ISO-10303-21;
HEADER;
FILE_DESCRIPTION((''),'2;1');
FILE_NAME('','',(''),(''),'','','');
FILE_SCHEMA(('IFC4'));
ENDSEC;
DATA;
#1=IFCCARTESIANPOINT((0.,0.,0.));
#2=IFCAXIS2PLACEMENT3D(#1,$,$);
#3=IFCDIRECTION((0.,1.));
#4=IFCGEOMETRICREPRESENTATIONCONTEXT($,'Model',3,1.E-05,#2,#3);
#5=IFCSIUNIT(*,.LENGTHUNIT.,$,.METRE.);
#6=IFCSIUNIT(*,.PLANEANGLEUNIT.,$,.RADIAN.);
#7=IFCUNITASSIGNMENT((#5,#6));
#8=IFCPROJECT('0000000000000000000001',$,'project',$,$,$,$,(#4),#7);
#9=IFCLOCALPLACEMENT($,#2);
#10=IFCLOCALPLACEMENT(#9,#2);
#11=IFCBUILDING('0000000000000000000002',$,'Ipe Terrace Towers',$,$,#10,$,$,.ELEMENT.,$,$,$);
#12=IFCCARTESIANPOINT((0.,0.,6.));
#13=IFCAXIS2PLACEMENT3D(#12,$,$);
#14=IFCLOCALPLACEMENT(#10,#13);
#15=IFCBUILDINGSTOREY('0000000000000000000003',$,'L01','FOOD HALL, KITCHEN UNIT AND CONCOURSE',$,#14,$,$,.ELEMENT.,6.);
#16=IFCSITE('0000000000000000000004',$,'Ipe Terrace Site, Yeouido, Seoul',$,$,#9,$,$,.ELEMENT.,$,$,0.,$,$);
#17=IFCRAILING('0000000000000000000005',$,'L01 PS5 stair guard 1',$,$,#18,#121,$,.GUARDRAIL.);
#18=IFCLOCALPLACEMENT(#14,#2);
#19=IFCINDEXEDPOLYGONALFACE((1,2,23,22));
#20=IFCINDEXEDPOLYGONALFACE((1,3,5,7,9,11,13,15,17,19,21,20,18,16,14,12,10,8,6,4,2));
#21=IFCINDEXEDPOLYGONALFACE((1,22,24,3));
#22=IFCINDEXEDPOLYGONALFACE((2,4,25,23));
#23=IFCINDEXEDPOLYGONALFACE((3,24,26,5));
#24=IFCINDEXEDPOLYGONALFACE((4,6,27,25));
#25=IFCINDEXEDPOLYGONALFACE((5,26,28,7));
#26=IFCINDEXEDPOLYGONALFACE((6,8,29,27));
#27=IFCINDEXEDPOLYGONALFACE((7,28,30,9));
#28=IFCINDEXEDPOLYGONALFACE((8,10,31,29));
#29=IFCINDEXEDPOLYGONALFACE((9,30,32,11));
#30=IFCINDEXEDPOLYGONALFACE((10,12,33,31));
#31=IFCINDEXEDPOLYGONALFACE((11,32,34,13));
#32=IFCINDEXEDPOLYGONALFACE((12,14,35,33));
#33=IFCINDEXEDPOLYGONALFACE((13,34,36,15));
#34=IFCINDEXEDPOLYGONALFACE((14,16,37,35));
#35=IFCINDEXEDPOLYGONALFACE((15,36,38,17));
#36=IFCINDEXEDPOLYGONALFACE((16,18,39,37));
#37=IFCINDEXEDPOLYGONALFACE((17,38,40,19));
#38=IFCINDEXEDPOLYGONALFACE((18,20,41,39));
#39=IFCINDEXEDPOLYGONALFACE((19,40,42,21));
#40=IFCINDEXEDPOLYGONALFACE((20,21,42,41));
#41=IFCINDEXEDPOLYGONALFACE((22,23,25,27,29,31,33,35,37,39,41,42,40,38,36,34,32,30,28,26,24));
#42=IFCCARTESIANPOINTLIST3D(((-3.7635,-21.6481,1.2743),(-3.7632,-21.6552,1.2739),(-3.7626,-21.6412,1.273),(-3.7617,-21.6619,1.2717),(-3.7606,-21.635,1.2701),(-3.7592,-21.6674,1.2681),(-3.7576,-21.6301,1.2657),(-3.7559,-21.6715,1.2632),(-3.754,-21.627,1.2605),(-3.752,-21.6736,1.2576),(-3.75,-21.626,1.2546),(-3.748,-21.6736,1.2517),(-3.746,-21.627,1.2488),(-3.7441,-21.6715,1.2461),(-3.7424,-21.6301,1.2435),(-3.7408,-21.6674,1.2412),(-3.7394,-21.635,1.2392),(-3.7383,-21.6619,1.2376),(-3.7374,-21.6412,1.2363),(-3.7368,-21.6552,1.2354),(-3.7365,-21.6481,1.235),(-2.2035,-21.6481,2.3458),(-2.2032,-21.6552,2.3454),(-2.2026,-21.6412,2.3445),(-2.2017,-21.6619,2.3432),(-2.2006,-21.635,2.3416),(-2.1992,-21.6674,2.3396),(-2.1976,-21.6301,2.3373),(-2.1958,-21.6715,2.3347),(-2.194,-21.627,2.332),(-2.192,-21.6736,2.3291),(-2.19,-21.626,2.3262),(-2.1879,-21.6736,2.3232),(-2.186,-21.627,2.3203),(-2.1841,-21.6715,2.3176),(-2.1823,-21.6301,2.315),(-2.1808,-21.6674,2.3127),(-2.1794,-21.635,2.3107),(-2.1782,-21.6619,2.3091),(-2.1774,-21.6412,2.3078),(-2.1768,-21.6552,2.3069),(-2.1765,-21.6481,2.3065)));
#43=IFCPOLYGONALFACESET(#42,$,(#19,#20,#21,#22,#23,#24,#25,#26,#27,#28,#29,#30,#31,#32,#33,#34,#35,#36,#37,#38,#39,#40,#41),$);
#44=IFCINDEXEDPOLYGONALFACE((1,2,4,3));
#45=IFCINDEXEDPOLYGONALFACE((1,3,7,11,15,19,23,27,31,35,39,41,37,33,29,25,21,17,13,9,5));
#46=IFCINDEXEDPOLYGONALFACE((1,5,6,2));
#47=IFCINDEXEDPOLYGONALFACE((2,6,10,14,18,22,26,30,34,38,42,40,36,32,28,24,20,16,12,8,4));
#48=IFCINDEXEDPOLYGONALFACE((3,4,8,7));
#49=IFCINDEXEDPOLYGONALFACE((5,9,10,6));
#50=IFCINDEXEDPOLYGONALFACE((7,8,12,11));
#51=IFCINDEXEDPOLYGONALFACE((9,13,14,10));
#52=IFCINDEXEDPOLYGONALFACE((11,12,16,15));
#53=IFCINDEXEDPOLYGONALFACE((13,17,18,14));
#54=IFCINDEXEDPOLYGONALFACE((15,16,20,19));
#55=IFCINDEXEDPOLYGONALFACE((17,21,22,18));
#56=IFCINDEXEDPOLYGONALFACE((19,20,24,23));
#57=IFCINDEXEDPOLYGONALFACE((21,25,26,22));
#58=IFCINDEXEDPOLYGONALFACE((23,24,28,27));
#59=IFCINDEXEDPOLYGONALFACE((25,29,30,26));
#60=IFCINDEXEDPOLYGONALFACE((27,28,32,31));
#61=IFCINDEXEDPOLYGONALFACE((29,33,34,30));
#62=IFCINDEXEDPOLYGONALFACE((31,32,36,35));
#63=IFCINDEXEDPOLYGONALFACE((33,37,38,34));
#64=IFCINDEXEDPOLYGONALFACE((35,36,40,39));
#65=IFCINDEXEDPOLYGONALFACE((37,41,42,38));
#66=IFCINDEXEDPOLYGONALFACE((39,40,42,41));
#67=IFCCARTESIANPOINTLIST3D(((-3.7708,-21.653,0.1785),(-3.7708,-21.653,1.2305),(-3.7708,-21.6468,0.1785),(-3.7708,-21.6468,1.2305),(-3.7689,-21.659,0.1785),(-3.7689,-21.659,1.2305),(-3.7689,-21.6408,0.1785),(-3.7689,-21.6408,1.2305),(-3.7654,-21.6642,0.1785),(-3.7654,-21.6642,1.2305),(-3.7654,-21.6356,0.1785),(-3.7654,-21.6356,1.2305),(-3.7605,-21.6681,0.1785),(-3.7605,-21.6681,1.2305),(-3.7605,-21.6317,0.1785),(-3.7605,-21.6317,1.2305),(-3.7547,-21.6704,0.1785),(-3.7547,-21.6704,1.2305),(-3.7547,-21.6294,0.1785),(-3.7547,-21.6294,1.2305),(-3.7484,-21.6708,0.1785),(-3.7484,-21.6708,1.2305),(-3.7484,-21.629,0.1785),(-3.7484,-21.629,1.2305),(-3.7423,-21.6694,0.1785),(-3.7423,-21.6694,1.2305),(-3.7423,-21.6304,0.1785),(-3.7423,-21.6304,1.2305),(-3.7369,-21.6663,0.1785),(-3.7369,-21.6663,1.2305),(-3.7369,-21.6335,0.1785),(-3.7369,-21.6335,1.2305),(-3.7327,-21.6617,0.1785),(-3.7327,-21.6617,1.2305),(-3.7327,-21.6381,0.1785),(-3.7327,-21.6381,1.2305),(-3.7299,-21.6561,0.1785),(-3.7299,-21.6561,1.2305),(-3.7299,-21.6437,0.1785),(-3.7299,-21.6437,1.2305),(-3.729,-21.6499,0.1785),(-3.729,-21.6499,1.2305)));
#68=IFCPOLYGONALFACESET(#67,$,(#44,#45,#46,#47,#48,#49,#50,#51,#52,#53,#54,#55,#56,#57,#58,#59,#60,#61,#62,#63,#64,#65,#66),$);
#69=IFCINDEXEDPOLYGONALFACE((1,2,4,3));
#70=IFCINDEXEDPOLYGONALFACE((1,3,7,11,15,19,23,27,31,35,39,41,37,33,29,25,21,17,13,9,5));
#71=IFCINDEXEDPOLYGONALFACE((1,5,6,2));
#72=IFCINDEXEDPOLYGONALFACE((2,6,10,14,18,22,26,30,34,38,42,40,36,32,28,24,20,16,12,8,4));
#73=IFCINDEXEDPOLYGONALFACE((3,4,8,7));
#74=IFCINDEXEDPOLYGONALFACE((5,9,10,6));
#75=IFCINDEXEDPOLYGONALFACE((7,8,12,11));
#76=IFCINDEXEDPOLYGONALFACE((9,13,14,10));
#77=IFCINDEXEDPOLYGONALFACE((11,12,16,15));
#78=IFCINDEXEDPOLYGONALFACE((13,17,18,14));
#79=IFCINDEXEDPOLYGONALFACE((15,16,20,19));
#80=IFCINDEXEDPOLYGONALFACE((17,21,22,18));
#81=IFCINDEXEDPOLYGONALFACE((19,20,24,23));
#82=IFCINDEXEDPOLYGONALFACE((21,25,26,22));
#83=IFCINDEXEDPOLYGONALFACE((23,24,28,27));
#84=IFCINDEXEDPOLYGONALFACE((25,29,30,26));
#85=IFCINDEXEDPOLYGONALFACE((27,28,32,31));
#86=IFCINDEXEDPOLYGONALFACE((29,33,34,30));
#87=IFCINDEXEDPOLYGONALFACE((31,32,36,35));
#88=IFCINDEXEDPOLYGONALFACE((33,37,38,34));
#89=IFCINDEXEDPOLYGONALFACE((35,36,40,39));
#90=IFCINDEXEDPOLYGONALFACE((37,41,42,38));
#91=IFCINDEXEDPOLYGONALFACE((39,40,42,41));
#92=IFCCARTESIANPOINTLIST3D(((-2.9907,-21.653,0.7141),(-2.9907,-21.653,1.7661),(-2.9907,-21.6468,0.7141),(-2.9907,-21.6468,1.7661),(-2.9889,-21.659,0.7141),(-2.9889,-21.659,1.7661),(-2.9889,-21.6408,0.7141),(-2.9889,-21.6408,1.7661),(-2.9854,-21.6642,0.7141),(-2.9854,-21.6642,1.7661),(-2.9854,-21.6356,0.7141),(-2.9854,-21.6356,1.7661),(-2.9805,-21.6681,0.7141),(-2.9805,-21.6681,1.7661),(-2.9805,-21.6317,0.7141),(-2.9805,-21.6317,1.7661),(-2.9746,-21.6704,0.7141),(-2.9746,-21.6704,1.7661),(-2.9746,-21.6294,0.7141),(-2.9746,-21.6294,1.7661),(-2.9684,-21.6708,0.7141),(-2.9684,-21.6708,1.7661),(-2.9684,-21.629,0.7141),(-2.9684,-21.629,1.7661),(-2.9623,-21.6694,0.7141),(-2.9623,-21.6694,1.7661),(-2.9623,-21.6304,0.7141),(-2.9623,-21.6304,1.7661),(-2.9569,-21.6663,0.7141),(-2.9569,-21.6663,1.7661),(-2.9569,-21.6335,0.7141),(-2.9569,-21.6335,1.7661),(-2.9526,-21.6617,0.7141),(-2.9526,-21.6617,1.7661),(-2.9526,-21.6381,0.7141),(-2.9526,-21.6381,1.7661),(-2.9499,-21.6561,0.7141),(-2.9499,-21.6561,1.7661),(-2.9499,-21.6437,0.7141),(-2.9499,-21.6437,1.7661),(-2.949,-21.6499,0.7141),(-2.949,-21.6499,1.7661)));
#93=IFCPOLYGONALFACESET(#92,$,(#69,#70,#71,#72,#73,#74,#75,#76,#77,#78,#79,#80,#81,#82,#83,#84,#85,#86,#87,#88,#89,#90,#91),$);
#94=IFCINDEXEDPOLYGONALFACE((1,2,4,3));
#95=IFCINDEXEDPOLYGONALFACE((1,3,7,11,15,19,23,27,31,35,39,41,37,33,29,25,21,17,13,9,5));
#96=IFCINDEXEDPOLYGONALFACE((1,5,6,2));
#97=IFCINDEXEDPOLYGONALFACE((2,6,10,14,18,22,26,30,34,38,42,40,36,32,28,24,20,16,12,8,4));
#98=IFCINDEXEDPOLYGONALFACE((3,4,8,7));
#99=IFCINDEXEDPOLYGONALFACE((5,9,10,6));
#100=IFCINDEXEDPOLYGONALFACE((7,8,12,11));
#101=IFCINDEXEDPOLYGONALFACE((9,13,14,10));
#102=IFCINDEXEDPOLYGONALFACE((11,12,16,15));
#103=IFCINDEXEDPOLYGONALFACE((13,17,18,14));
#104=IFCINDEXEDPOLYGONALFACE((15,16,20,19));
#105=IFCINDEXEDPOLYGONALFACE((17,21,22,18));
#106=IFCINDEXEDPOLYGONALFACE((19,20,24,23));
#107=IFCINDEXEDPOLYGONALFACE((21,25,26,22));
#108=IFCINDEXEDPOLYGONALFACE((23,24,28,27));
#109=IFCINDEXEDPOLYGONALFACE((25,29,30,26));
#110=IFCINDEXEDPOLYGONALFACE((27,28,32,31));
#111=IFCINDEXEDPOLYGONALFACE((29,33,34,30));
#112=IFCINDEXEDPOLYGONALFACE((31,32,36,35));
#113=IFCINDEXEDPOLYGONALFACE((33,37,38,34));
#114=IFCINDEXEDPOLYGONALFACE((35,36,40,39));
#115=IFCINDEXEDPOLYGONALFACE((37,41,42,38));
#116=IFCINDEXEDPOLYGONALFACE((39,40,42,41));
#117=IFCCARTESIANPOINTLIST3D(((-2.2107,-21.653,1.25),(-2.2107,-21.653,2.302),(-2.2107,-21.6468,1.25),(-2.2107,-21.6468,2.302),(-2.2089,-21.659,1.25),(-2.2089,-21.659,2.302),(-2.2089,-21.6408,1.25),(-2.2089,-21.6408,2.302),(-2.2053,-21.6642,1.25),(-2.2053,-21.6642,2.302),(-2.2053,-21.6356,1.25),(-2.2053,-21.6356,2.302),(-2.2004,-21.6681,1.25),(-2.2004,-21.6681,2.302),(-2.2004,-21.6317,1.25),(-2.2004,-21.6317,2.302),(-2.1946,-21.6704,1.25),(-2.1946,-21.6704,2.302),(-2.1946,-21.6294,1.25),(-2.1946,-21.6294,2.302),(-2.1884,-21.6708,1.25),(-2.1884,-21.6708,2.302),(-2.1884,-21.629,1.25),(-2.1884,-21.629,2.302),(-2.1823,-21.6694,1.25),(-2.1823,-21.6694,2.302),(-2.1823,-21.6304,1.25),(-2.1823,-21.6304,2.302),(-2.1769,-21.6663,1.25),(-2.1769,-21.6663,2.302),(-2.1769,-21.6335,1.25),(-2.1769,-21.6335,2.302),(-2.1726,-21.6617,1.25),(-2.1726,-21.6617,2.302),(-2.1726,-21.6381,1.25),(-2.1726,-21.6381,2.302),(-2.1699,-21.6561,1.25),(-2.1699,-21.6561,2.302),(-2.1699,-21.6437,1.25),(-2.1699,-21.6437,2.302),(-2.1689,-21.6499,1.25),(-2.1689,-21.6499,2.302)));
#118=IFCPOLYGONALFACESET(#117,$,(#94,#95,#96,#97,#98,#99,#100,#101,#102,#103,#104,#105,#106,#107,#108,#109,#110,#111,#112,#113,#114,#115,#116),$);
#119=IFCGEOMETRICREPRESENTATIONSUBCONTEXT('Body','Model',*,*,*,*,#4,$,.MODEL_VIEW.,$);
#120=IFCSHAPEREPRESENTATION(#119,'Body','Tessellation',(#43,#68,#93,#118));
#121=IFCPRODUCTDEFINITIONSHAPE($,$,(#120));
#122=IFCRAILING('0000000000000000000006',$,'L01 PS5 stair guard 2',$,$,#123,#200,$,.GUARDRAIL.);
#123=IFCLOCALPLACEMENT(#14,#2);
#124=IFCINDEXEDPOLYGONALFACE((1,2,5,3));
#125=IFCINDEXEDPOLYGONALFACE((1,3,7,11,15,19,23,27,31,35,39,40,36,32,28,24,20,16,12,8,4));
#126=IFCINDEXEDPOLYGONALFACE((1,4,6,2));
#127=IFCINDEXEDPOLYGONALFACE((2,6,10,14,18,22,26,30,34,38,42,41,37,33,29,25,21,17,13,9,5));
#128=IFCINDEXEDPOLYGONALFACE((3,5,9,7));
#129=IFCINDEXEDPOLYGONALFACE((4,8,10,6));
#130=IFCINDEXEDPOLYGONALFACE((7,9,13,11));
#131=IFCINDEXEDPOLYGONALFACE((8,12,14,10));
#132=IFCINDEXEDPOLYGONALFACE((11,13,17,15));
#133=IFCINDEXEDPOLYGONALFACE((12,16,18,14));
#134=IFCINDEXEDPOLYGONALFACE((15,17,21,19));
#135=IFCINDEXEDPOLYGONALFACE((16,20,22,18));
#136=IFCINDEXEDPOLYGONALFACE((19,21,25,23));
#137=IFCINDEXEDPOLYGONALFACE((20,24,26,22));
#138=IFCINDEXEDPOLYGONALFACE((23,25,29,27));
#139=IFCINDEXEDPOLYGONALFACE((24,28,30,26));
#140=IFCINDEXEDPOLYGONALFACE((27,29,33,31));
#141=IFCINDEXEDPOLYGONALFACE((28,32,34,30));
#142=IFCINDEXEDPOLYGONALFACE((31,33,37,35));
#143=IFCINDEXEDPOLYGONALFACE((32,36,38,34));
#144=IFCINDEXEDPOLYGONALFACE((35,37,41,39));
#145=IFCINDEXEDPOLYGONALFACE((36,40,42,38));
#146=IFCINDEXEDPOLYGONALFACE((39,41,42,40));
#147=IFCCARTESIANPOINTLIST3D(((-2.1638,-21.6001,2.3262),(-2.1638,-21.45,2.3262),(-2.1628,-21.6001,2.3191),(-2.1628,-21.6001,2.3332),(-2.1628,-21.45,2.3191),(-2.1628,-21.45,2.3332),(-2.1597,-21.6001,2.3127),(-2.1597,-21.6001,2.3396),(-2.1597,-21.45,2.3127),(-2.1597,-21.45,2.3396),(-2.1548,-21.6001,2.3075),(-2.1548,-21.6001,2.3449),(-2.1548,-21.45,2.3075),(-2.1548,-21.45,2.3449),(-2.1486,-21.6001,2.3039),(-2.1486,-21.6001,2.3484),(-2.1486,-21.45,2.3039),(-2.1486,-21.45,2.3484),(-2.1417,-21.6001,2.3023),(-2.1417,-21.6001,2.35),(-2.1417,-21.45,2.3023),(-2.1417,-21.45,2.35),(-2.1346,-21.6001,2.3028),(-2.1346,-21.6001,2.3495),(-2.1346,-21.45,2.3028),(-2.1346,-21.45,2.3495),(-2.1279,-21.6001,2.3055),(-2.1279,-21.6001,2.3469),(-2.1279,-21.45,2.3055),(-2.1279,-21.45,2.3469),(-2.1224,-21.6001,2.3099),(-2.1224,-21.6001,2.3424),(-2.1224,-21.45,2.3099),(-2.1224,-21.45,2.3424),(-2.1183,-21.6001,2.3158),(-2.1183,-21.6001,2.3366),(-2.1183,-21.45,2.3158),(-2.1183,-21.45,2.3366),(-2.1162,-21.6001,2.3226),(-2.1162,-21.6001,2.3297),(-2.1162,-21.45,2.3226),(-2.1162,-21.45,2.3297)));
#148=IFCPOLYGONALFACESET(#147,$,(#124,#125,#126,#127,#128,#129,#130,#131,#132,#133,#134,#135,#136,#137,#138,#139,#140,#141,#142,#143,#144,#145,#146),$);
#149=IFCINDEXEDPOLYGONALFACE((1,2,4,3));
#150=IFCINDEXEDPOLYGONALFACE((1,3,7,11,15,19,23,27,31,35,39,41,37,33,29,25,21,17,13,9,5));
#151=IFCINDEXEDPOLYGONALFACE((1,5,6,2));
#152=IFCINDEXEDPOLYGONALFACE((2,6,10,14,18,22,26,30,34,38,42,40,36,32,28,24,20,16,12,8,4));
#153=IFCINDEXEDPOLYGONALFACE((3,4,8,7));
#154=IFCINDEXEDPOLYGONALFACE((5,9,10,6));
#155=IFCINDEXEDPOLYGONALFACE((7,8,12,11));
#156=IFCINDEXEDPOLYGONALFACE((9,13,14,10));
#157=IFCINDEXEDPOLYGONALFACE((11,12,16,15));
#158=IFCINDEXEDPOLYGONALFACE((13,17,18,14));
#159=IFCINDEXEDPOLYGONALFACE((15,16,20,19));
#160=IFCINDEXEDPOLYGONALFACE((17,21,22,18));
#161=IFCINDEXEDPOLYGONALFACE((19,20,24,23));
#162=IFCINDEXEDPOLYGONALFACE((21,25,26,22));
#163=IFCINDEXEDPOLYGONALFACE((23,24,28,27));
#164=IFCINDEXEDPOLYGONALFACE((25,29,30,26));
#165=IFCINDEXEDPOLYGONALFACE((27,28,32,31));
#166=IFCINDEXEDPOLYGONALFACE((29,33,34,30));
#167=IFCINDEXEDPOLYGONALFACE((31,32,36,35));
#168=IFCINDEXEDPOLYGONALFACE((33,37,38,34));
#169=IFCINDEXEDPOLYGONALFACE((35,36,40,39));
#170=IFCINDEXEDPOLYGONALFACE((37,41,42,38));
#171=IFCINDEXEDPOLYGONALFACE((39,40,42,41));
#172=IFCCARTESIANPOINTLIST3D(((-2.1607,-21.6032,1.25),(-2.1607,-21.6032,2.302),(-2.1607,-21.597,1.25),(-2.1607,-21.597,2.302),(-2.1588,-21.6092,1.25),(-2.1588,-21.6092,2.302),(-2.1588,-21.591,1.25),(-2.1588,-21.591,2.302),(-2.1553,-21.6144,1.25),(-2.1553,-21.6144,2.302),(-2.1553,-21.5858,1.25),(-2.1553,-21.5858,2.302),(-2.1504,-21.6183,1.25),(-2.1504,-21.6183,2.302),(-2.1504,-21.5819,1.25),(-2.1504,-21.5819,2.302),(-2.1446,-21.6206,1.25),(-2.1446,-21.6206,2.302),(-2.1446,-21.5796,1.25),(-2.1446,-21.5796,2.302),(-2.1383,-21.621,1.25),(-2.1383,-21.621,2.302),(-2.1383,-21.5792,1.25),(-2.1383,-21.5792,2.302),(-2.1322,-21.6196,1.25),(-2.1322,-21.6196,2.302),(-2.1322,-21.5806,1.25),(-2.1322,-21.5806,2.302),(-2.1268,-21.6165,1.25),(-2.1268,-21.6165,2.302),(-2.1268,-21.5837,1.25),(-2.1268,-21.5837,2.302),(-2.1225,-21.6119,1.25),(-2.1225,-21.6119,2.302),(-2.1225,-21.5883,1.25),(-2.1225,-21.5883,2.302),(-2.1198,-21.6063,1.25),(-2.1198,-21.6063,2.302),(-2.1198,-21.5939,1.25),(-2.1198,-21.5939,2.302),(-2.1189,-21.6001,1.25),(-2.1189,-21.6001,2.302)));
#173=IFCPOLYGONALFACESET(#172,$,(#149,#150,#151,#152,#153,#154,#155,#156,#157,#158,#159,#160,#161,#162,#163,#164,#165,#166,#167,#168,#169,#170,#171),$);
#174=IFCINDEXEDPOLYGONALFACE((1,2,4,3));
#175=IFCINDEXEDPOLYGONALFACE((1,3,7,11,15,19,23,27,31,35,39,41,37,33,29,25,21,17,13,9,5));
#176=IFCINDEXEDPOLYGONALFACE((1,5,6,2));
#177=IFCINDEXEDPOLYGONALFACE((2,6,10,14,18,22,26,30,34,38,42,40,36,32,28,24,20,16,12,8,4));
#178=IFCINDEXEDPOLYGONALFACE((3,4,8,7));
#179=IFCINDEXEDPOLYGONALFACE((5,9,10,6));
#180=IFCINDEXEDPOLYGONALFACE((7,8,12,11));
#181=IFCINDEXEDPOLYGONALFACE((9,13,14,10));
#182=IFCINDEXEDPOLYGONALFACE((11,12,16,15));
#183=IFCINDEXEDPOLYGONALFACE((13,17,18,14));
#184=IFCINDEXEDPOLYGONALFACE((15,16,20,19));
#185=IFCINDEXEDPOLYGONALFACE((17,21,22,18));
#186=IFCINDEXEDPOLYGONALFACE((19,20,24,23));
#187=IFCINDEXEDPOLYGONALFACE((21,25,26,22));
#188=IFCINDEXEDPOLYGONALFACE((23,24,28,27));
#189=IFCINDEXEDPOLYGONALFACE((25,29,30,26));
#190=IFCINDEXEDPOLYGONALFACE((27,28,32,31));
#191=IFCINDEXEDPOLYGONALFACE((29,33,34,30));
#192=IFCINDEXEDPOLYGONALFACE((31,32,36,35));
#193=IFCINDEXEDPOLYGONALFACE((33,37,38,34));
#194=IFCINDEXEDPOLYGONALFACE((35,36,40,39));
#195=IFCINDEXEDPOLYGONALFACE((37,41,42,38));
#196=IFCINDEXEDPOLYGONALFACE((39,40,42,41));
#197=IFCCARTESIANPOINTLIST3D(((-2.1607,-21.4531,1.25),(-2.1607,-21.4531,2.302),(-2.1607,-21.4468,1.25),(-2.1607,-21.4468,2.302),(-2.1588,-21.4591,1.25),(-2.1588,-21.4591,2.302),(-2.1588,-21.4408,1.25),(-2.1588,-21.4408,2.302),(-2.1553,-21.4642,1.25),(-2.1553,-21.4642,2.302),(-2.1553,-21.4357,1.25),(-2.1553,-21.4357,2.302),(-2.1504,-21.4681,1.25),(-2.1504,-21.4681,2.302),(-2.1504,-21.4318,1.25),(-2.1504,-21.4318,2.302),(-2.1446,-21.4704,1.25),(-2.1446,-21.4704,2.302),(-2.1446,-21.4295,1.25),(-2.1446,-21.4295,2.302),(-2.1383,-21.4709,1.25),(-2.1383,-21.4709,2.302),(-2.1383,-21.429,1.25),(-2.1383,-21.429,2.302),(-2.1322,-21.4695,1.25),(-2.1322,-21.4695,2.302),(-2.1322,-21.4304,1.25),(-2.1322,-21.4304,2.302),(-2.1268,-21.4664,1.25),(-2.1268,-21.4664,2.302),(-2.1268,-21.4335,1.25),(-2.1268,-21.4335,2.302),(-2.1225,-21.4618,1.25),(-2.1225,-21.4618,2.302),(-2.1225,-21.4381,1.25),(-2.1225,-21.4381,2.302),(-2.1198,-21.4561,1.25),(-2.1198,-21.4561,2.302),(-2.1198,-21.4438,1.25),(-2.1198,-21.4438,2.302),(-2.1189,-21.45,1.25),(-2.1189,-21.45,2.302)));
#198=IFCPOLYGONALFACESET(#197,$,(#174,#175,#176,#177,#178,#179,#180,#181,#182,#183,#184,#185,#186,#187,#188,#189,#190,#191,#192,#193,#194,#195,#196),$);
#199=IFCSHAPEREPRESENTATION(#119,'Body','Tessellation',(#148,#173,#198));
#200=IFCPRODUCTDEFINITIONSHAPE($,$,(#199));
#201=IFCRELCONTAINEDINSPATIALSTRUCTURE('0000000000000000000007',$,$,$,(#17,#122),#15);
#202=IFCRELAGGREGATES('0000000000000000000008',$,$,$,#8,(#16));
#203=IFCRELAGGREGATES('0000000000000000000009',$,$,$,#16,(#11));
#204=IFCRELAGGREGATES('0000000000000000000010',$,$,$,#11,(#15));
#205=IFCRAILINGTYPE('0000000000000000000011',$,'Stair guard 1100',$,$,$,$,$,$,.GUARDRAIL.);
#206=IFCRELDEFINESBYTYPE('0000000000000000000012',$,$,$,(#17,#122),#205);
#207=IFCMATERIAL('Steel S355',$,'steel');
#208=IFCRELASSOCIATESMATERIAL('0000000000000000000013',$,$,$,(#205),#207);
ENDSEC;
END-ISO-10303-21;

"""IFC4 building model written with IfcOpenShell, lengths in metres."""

from ifc_helpers import new_model, si_unit, direction, frame, origin, origin_2d, place, context, subcontext, project, spatial, circle, extrude, material, type_object, element, save


model = new_model("IFC4")

# Units and contexts
model_context = context("Model", 3, precision=1e-05, world=origin(), true_north=direction((0.0, 1.0)))
body_context = subcontext(model_context, "Body", "Model", "MODEL_VIEW")
ifc_project = project(units=[si_unit("LENGTHUNIT", "METRE"), si_unit("PLANEANGLEUNIT", "RADIAN")], contexts=[model_context])

# Site, building, storey
site_placement = place(None, origin())
site = spatial("IfcSite", under=ifc_project, at=site_placement, Name="Ipe Terrace Site, Yeouido, Seoul", CompositionType="ELEMENT", RefElevation=0.0)
building_placement = place(site_placement, origin())
building = spatial("IfcBuilding", under=site, at=building_placement, Name="Ipe Terrace Towers", CompositionType="ELEMENT")
storey_placement = place(building_placement, frame((0.0, 0.0, 6.0)))
storey = spatial("IfcBuildingStorey", under=building, at=storey_placement, Name="L01", Description="FOOD HALL, KITCHEN UNIT AND CONCOURSE", CompositionType="ELEMENT", Elevation=6.0)

# Railings
ifc_material_1 = material(Name="Steel S355", Category="steel")
railing_type_1 = type_object("IfcRailingType", Name="Stair guard 1100", PredefinedType="GUARDRAIL", material=ifc_material_1)
railing_1_placement = place(storey_placement, frame((-3.75, -21.6499, 0.1785)))
element("IfcRailing", 1, at=railing_1_placement, inside=storey, type_object=railing_type_1, Name="L01 PS5 stair guard 1", PredefinedType="GUARDRAIL", context=body_context, shape_type="SweptSolid", body=[
    extrude(circle(Radius=0.0239, at=origin_2d()), frame((0.0, 0.0, 1.0762), z_axis=(0.82429, 0.0, 0.566167), x_axis=(0.0, 1.0, 0.0)), (0.0, 0.0, 1.0), 1.8926),
    extrude(circle(Radius=0.021, at=origin_2d()), origin(), (0.0, 0.0, 1.0), 1.052),
    extrude(circle(Radius=0.021, at=origin_2d()), frame((0.78, 0.0, 0.5356)), (0.0, 0.0, 1.0), 1.052),
    extrude(circle(Radius=0.021, at=origin_2d()), frame((1.5601, 0.0, 1.0715)), (0.0, 0.0, 1.0), 1.052),
])
railing_2_placement = place(storey_placement, frame((-2.1399, -21.6001, 1.25)))
element("IfcRailing", 2, at=railing_2_placement, inside=storey, type_object=railing_type_1, Name="L01 PS5 stair guard 2", PredefinedType="GUARDRAIL", context=body_context, shape_type="SweptSolid", body=[
    extrude(circle(Radius=0.0239, at=origin_2d()), frame((0.0, 0.0, 1.0762), z_axis=(0.0, 1.0, 0.0), x_axis=(-1.0, 0.0, 0.0)), (0.0, 0.0, 1.0), 0.1501),
    extrude(circle(Radius=0.021, at=origin_2d()), origin(), (0.0, 0.0, 1.0), 1.052),
    extrude(circle(Radius=0.021, at=origin_2d()), frame((0.0, 0.1501, 0.0)), (0.0, 0.0, 1.0), 1.052),
])

save(model, "model.ifc")
